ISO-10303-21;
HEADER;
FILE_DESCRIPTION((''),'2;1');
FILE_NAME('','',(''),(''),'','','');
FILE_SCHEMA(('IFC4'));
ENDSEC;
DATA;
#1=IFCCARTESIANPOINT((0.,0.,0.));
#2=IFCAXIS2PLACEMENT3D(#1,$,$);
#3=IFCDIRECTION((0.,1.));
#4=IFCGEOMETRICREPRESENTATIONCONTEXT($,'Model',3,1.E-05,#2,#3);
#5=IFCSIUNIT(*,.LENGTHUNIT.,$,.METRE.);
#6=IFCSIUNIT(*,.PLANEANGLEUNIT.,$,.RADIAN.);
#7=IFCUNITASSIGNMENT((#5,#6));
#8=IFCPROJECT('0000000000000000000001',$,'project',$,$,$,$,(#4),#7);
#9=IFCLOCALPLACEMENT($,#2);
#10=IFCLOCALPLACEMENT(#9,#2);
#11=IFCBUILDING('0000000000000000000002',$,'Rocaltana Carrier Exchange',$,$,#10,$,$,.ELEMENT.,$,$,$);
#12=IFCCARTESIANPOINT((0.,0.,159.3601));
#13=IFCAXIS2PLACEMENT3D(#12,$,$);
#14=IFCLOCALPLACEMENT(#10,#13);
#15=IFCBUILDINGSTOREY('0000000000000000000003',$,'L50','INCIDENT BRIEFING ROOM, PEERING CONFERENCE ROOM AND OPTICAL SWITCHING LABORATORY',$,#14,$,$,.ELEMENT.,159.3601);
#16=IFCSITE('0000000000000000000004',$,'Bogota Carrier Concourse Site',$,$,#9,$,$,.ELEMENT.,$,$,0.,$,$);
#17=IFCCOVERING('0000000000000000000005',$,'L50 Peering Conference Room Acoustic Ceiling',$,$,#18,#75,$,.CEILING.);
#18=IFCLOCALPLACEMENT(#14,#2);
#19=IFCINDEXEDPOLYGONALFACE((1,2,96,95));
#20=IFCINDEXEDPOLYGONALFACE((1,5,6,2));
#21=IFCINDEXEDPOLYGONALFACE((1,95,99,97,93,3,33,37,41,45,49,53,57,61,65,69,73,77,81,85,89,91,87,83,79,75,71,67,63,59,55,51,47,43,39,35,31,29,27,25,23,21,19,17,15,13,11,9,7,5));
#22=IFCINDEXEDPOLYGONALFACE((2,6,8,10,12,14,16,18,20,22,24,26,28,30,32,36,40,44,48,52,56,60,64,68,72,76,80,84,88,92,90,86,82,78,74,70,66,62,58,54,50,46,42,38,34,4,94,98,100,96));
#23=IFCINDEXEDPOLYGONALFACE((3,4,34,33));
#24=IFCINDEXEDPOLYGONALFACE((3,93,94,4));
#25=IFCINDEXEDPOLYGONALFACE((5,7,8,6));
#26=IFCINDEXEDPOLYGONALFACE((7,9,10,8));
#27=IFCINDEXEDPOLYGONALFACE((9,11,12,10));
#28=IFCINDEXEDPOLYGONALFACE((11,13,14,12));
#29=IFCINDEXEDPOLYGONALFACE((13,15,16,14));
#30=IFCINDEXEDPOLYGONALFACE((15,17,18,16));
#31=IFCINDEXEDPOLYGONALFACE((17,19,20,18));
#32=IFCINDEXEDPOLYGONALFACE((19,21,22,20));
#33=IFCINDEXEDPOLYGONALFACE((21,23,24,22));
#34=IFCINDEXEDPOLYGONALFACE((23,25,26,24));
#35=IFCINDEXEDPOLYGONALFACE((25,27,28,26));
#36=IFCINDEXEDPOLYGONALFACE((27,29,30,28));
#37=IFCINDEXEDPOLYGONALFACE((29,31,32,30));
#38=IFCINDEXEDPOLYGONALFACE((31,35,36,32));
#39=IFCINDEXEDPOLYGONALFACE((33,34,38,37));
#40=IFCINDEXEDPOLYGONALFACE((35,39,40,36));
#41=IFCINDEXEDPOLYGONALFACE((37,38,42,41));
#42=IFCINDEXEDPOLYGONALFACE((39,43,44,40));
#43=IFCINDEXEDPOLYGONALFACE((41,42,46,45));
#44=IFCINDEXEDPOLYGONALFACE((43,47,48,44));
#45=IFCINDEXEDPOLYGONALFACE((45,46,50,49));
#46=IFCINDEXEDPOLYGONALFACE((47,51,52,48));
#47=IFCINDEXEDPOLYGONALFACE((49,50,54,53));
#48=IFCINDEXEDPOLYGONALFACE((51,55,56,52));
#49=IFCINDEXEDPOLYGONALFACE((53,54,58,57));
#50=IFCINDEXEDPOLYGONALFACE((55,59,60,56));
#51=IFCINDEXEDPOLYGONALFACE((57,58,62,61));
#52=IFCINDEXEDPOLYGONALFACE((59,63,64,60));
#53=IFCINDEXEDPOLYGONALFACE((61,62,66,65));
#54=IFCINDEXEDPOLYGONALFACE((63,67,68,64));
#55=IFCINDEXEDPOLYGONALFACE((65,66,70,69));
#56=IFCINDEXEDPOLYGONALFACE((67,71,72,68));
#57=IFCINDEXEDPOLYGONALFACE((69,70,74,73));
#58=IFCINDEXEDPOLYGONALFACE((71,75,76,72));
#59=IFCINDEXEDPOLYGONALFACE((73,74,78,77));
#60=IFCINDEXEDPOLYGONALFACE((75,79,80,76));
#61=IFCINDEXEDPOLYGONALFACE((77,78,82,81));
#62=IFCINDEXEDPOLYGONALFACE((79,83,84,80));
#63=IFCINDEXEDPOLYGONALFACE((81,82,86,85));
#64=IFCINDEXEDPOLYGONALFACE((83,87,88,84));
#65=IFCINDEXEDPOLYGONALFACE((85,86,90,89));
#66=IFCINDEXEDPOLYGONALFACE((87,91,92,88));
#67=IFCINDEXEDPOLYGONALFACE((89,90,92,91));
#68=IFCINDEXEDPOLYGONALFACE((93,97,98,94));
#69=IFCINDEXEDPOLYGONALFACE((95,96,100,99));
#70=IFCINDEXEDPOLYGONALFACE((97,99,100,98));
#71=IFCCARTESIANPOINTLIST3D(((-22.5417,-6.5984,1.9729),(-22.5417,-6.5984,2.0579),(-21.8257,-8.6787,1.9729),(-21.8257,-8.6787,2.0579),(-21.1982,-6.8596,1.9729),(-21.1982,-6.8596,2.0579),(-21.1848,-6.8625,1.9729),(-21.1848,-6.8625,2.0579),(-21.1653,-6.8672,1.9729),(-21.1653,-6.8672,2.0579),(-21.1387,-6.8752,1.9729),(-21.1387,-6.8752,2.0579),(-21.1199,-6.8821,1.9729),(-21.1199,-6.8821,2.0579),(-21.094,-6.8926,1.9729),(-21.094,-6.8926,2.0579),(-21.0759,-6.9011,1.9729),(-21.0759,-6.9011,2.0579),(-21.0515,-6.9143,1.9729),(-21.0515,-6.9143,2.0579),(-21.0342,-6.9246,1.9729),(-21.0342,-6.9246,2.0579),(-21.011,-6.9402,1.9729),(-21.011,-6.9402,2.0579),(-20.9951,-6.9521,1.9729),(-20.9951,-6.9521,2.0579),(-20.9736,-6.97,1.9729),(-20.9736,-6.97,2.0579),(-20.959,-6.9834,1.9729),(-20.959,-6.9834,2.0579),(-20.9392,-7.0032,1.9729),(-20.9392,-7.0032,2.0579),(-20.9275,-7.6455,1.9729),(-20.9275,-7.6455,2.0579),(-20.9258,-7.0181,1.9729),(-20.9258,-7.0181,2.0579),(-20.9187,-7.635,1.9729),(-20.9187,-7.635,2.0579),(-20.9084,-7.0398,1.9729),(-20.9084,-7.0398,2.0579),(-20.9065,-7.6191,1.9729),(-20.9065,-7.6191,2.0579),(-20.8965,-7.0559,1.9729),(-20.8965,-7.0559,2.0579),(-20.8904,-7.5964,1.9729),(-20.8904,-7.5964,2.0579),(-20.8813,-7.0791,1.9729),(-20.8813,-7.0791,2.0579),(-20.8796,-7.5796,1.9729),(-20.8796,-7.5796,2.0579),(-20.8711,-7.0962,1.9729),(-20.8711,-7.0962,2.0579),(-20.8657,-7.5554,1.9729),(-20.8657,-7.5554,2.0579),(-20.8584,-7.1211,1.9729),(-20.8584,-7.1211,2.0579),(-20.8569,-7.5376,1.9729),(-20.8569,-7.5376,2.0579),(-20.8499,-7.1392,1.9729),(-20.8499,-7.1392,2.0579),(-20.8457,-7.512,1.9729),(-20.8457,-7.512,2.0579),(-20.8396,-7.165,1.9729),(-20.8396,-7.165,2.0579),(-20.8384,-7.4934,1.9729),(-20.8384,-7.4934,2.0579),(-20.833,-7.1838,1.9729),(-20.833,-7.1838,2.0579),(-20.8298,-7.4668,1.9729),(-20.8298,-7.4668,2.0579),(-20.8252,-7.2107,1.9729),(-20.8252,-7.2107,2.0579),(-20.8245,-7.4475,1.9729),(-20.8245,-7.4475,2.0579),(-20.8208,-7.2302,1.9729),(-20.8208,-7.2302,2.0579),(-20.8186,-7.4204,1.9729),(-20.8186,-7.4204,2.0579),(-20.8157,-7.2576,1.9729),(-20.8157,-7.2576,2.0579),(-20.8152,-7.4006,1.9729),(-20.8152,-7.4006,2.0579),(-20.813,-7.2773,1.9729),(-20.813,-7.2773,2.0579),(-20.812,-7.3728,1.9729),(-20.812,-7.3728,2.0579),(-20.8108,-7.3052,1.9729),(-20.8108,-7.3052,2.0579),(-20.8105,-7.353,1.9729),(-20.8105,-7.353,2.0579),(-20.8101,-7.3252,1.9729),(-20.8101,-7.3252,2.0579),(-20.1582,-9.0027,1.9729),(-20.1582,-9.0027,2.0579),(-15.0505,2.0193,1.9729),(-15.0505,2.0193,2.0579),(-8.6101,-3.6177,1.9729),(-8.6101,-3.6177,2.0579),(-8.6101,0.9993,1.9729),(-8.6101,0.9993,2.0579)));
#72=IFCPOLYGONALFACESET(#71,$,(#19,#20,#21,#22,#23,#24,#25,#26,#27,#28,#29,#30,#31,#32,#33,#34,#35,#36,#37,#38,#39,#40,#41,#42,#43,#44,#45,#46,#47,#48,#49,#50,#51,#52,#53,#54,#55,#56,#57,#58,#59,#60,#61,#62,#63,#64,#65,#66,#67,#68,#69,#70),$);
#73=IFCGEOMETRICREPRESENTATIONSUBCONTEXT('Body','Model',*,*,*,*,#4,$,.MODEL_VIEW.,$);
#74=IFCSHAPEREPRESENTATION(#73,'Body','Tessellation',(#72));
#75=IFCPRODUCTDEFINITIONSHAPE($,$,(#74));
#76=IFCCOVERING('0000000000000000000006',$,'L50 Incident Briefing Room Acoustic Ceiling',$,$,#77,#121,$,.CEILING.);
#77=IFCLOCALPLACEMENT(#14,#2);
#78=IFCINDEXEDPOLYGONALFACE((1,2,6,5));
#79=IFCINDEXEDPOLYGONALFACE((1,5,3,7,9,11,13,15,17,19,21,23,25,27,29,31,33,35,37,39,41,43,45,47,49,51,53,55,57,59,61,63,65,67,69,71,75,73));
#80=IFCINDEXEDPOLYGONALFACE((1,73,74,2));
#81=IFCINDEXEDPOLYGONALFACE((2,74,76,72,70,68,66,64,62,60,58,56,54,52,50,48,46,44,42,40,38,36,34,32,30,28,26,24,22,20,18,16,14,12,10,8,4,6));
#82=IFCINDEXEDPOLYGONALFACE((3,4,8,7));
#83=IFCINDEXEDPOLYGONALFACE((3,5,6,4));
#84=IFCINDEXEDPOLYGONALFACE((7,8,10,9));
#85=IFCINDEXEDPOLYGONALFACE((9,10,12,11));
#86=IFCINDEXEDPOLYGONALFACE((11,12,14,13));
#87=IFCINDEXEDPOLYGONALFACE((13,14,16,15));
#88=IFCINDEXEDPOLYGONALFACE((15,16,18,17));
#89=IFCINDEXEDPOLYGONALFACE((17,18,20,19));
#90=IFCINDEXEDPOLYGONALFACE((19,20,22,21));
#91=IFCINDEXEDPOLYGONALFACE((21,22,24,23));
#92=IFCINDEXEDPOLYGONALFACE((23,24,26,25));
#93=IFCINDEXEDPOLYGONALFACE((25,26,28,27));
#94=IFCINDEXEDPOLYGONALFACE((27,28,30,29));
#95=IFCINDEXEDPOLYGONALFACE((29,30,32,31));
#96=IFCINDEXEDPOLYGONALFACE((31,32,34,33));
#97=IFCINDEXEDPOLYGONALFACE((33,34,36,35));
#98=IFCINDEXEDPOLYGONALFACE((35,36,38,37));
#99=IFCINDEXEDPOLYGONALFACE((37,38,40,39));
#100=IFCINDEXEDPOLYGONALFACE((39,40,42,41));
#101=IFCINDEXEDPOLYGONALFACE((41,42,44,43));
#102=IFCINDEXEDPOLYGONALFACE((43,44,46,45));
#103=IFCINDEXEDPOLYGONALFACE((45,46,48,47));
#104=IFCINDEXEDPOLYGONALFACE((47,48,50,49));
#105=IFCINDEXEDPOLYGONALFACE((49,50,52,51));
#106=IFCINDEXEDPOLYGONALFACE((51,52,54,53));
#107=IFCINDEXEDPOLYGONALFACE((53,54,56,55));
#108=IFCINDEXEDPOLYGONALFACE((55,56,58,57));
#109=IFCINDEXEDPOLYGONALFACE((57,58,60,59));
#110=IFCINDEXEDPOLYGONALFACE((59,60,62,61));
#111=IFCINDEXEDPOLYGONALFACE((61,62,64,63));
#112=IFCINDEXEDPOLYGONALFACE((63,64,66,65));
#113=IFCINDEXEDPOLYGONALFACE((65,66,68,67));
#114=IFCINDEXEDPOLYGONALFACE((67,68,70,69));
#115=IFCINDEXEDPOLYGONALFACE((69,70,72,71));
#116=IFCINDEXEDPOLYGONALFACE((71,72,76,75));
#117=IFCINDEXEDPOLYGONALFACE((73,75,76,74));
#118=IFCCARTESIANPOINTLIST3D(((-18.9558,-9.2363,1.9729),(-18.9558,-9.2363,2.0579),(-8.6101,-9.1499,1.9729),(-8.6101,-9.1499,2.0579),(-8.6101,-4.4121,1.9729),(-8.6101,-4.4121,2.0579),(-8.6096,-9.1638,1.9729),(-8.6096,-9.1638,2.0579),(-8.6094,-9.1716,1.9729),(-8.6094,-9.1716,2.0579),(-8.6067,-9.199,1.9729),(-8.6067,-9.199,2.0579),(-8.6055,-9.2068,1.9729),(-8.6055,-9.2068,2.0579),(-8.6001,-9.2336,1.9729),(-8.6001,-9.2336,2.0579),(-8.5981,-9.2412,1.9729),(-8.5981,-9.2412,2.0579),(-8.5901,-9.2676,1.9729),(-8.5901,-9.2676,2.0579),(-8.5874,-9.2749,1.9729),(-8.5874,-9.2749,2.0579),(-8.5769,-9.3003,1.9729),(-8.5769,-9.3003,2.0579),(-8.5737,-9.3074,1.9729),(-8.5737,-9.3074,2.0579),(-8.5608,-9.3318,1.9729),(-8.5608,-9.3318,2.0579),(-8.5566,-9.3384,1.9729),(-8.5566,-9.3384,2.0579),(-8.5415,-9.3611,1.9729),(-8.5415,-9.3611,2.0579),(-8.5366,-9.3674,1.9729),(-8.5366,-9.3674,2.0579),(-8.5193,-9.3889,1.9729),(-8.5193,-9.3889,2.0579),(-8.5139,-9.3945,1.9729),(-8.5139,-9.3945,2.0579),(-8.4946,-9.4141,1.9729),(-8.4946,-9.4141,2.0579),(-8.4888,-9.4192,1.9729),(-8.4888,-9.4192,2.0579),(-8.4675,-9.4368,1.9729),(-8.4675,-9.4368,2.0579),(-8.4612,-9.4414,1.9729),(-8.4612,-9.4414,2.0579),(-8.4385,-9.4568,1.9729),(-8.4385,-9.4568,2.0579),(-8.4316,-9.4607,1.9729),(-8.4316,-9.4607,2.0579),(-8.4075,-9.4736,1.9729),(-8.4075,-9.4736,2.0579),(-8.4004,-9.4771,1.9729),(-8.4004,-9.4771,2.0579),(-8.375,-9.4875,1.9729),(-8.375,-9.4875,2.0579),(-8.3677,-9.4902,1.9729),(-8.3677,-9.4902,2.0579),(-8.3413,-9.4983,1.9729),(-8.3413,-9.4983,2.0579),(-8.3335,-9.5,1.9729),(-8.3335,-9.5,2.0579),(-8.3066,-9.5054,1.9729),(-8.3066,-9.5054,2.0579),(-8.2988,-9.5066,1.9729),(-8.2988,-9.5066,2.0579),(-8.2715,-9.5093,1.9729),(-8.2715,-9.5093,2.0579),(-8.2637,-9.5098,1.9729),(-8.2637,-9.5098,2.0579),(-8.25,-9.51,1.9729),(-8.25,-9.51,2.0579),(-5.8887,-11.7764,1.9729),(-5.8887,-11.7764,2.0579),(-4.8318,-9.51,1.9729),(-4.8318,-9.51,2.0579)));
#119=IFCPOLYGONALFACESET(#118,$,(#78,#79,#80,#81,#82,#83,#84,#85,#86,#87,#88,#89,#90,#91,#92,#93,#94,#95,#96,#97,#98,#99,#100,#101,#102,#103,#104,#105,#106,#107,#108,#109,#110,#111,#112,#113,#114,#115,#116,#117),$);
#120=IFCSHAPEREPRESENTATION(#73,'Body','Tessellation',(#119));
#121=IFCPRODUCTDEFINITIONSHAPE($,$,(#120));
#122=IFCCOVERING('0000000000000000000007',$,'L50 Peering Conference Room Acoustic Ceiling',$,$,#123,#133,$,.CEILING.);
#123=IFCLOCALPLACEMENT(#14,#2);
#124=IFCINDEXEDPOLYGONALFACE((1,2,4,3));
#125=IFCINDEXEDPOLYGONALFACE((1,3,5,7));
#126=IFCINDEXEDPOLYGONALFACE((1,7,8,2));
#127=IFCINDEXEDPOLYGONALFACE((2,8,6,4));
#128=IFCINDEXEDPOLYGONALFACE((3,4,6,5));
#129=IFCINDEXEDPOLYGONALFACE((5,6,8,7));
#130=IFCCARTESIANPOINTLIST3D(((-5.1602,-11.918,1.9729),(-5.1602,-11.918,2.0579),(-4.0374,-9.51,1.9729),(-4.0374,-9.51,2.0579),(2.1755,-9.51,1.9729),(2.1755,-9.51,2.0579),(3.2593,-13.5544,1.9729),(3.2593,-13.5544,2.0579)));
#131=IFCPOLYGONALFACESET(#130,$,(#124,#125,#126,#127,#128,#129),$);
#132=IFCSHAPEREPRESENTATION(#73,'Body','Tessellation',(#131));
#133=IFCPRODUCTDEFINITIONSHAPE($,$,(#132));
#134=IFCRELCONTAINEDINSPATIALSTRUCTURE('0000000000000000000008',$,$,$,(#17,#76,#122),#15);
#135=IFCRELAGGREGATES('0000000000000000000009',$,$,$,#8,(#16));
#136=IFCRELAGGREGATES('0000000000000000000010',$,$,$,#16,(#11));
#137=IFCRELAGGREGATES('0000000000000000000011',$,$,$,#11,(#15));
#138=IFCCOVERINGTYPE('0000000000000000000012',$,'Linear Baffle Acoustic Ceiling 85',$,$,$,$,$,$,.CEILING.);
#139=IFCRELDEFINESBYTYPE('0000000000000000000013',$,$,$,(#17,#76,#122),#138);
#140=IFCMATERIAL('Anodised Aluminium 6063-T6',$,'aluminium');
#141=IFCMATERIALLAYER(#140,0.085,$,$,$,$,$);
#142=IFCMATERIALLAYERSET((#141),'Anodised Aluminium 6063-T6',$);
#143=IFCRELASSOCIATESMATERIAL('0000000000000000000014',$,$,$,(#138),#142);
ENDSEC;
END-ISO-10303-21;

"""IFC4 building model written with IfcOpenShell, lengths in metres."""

from ifc_helpers import new_model, si_unit, direction, frame, origin, place, context, subcontext, project, spatial, polyline, outline, extrude, material, layer, layer_set, type_object, element, save


model = new_model("IFC4")

# Units and contexts
model_context = context("Model", 3, precision=1e-05, world=origin(), true_north=direction((0.0, 1.0)))
body_context = subcontext(model_context, "Body", "Model", "MODEL_VIEW")
ifc_project = project(units=[si_unit("LENGTHUNIT", "METRE"), si_unit("PLANEANGLEUNIT", "RADIAN")], contexts=[model_context])

# Site, building, storey
site_placement = place(None, origin())
site = spatial("IfcSite", under=ifc_project, at=site_placement, Name="Bogota Carrier Concourse Site", CompositionType="ELEMENT", RefElevation=0.0)
building_placement = place(site_placement, origin())
building = spatial("IfcBuilding", under=site, at=building_placement, Name="Rocaltana Carrier Exchange", CompositionType="ELEMENT")
storey_placement = place(building_placement, frame((0.0, 0.0, 159.3601)))
storey = spatial("IfcBuildingStorey", under=building, at=storey_placement, Name="L50", Description="INCIDENT BRIEFING ROOM, PEERING CONFERENCE ROOM AND OPTICAL SWITCHING LABORATORY", CompositionType="ELEMENT", Elevation=159.3601)

# Coverings
ifc_material_1 = material(Name="Anodised Aluminium 6063-T6", Category="aluminium")
ifc_layer_1 = layer(ifc_material_1, 0.085)
ifc_layer_set_1 = layer_set([ifc_layer_1], Name="Anodised Aluminium 6063-T6")
covering_type_1 = type_object("IfcCoveringType", Name="Linear Baffle Acoustic Ceiling 85", PredefinedType="CEILING", material=ifc_layer_set_1)
covering_1_placement = place(storey_placement, frame((0.0, 0.0, 1.9729)))
element("IfcCovering", 1, at=covering_1_placement, inside=storey, type_object=covering_type_1, Name="L50 Peering Conference Room Acoustic Ceiling", PredefinedType="CEILING", context=body_context, shape_type="SweptSolid", body=[
    extrude(outline(polyline([(-20.9275, -7.6455), (-20.9187, -7.635), (-20.9065, -7.6191), (-20.8904, -7.5964), (-20.8796, -7.5796), (-20.8657, -7.5554), (-20.8569, -7.5376), (-20.8457, -7.512), (-20.8384, -7.4934), (-20.8298, -7.4668), (-20.8245, -7.4475), (-20.8186, -7.4204), (-20.8152, -7.4006), (-20.812, -7.3728), (-20.8105, -7.353), (-20.8101, -7.3252), (-20.8108, -7.3052), (-20.813, -7.2773), (-20.8157, -7.2576), (-20.8208, -7.2302), (-20.8252, -7.2107), (-20.833, -7.1838), (-20.8396, -7.165), (-20.8499, -7.1392), (-20.8584, -7.1211), (-20.8711, -7.0962), (-20.8813, -7.0791), (-20.8965, -7.0559), (-20.9084, -7.0398), (-20.9258, -7.0181), (-20.9392, -7.0032), (-20.959, -6.9834), (-20.9736, -6.97), (-20.9951, -6.9521), (-21.011, -6.9402), (-21.0342, -6.9246), (-21.0515, -6.9143), (-21.0759, -6.9011), (-21.094, -6.8926), (-21.1199, -6.8821), (-21.1387, -6.8752), (-21.1653, -6.8672), (-21.1848, -6.8625), (-21.1982, -6.8596), (-22.5417, -6.5984), (-15.0505, 2.0193), (-8.6101, 0.9993), (-8.6101, -3.6177), (-20.1582, -9.0027), (-21.8257, -8.6787), (-20.9275, -7.6455)])), origin(), (0.0, 0.0, 1.0), 0.085),
])
covering_2_placement = place(storey_placement, frame((0.0, 0.0, 1.9729)))
element("IfcCovering", 2, at=covering_2_placement, inside=storey, type_object=covering_type_1, Name="L50 Incident Briefing Room Acoustic Ceiling", PredefinedType="CEILING", context=body_context, shape_type="SweptSolid", body=[
    extrude(outline(polyline([(-18.9558, -9.2363), (-8.6101, -4.4121), (-8.6101, -9.1499), (-8.6096, -9.1638), (-8.6094, -9.1716), (-8.6067, -9.199), (-8.6055, -9.2068), (-8.6001, -9.2336), (-8.5981, -9.2412), (-8.5901, -9.2676), (-8.5874, -9.2749), (-8.5769, -9.3003), (-8.5737, -9.3074), (-8.5608, -9.3318), (-8.5566, -9.3384), (-8.5415, -9.3611), (-8.5366, -9.3674), (-8.5193, -9.3889), (-8.5139, -9.3945), (-8.4946, -9.4141), (-8.4888, -9.4192), (-8.4675, -9.4368), (-8.4612, -9.4414), (-8.4385, -9.4568), (-8.4316, -9.4607), (-8.4075, -9.4736), (-8.4004, -9.4771), (-8.375, -9.4875), (-8.3677, -9.4902), (-8.3413, -9.4983), (-8.3335, -9.5), (-8.3066, -9.5054), (-8.2988, -9.5066), (-8.2715, -9.5093), (-8.2637, -9.5098), (-8.25, -9.51), (-4.8318, -9.51), (-5.8887, -11.7764), (-18.9558, -9.2363)])), origin(), (0.0, 0.0, 1.0), 0.085),
])
covering_3_placement = place(storey_placement, frame((0.0, 0.0, 1.9729)))
element("IfcCovering", 3, at=covering_3_placement, inside=storey, type_object=covering_type_1, Name="L50 Peering Conference Room Acoustic Ceiling", PredefinedType="CEILING", context=body_context, shape_type="SweptSolid", body=[
    extrude(outline(polyline([(-5.1602, -11.918), (-4.0374, -9.51), (2.1755, -9.51), (3.2593, -13.5544), (-5.1602, -11.918)])), origin(), (0.0, 0.0, 1.0), 0.085),
])

save(model, "model.ifc")
